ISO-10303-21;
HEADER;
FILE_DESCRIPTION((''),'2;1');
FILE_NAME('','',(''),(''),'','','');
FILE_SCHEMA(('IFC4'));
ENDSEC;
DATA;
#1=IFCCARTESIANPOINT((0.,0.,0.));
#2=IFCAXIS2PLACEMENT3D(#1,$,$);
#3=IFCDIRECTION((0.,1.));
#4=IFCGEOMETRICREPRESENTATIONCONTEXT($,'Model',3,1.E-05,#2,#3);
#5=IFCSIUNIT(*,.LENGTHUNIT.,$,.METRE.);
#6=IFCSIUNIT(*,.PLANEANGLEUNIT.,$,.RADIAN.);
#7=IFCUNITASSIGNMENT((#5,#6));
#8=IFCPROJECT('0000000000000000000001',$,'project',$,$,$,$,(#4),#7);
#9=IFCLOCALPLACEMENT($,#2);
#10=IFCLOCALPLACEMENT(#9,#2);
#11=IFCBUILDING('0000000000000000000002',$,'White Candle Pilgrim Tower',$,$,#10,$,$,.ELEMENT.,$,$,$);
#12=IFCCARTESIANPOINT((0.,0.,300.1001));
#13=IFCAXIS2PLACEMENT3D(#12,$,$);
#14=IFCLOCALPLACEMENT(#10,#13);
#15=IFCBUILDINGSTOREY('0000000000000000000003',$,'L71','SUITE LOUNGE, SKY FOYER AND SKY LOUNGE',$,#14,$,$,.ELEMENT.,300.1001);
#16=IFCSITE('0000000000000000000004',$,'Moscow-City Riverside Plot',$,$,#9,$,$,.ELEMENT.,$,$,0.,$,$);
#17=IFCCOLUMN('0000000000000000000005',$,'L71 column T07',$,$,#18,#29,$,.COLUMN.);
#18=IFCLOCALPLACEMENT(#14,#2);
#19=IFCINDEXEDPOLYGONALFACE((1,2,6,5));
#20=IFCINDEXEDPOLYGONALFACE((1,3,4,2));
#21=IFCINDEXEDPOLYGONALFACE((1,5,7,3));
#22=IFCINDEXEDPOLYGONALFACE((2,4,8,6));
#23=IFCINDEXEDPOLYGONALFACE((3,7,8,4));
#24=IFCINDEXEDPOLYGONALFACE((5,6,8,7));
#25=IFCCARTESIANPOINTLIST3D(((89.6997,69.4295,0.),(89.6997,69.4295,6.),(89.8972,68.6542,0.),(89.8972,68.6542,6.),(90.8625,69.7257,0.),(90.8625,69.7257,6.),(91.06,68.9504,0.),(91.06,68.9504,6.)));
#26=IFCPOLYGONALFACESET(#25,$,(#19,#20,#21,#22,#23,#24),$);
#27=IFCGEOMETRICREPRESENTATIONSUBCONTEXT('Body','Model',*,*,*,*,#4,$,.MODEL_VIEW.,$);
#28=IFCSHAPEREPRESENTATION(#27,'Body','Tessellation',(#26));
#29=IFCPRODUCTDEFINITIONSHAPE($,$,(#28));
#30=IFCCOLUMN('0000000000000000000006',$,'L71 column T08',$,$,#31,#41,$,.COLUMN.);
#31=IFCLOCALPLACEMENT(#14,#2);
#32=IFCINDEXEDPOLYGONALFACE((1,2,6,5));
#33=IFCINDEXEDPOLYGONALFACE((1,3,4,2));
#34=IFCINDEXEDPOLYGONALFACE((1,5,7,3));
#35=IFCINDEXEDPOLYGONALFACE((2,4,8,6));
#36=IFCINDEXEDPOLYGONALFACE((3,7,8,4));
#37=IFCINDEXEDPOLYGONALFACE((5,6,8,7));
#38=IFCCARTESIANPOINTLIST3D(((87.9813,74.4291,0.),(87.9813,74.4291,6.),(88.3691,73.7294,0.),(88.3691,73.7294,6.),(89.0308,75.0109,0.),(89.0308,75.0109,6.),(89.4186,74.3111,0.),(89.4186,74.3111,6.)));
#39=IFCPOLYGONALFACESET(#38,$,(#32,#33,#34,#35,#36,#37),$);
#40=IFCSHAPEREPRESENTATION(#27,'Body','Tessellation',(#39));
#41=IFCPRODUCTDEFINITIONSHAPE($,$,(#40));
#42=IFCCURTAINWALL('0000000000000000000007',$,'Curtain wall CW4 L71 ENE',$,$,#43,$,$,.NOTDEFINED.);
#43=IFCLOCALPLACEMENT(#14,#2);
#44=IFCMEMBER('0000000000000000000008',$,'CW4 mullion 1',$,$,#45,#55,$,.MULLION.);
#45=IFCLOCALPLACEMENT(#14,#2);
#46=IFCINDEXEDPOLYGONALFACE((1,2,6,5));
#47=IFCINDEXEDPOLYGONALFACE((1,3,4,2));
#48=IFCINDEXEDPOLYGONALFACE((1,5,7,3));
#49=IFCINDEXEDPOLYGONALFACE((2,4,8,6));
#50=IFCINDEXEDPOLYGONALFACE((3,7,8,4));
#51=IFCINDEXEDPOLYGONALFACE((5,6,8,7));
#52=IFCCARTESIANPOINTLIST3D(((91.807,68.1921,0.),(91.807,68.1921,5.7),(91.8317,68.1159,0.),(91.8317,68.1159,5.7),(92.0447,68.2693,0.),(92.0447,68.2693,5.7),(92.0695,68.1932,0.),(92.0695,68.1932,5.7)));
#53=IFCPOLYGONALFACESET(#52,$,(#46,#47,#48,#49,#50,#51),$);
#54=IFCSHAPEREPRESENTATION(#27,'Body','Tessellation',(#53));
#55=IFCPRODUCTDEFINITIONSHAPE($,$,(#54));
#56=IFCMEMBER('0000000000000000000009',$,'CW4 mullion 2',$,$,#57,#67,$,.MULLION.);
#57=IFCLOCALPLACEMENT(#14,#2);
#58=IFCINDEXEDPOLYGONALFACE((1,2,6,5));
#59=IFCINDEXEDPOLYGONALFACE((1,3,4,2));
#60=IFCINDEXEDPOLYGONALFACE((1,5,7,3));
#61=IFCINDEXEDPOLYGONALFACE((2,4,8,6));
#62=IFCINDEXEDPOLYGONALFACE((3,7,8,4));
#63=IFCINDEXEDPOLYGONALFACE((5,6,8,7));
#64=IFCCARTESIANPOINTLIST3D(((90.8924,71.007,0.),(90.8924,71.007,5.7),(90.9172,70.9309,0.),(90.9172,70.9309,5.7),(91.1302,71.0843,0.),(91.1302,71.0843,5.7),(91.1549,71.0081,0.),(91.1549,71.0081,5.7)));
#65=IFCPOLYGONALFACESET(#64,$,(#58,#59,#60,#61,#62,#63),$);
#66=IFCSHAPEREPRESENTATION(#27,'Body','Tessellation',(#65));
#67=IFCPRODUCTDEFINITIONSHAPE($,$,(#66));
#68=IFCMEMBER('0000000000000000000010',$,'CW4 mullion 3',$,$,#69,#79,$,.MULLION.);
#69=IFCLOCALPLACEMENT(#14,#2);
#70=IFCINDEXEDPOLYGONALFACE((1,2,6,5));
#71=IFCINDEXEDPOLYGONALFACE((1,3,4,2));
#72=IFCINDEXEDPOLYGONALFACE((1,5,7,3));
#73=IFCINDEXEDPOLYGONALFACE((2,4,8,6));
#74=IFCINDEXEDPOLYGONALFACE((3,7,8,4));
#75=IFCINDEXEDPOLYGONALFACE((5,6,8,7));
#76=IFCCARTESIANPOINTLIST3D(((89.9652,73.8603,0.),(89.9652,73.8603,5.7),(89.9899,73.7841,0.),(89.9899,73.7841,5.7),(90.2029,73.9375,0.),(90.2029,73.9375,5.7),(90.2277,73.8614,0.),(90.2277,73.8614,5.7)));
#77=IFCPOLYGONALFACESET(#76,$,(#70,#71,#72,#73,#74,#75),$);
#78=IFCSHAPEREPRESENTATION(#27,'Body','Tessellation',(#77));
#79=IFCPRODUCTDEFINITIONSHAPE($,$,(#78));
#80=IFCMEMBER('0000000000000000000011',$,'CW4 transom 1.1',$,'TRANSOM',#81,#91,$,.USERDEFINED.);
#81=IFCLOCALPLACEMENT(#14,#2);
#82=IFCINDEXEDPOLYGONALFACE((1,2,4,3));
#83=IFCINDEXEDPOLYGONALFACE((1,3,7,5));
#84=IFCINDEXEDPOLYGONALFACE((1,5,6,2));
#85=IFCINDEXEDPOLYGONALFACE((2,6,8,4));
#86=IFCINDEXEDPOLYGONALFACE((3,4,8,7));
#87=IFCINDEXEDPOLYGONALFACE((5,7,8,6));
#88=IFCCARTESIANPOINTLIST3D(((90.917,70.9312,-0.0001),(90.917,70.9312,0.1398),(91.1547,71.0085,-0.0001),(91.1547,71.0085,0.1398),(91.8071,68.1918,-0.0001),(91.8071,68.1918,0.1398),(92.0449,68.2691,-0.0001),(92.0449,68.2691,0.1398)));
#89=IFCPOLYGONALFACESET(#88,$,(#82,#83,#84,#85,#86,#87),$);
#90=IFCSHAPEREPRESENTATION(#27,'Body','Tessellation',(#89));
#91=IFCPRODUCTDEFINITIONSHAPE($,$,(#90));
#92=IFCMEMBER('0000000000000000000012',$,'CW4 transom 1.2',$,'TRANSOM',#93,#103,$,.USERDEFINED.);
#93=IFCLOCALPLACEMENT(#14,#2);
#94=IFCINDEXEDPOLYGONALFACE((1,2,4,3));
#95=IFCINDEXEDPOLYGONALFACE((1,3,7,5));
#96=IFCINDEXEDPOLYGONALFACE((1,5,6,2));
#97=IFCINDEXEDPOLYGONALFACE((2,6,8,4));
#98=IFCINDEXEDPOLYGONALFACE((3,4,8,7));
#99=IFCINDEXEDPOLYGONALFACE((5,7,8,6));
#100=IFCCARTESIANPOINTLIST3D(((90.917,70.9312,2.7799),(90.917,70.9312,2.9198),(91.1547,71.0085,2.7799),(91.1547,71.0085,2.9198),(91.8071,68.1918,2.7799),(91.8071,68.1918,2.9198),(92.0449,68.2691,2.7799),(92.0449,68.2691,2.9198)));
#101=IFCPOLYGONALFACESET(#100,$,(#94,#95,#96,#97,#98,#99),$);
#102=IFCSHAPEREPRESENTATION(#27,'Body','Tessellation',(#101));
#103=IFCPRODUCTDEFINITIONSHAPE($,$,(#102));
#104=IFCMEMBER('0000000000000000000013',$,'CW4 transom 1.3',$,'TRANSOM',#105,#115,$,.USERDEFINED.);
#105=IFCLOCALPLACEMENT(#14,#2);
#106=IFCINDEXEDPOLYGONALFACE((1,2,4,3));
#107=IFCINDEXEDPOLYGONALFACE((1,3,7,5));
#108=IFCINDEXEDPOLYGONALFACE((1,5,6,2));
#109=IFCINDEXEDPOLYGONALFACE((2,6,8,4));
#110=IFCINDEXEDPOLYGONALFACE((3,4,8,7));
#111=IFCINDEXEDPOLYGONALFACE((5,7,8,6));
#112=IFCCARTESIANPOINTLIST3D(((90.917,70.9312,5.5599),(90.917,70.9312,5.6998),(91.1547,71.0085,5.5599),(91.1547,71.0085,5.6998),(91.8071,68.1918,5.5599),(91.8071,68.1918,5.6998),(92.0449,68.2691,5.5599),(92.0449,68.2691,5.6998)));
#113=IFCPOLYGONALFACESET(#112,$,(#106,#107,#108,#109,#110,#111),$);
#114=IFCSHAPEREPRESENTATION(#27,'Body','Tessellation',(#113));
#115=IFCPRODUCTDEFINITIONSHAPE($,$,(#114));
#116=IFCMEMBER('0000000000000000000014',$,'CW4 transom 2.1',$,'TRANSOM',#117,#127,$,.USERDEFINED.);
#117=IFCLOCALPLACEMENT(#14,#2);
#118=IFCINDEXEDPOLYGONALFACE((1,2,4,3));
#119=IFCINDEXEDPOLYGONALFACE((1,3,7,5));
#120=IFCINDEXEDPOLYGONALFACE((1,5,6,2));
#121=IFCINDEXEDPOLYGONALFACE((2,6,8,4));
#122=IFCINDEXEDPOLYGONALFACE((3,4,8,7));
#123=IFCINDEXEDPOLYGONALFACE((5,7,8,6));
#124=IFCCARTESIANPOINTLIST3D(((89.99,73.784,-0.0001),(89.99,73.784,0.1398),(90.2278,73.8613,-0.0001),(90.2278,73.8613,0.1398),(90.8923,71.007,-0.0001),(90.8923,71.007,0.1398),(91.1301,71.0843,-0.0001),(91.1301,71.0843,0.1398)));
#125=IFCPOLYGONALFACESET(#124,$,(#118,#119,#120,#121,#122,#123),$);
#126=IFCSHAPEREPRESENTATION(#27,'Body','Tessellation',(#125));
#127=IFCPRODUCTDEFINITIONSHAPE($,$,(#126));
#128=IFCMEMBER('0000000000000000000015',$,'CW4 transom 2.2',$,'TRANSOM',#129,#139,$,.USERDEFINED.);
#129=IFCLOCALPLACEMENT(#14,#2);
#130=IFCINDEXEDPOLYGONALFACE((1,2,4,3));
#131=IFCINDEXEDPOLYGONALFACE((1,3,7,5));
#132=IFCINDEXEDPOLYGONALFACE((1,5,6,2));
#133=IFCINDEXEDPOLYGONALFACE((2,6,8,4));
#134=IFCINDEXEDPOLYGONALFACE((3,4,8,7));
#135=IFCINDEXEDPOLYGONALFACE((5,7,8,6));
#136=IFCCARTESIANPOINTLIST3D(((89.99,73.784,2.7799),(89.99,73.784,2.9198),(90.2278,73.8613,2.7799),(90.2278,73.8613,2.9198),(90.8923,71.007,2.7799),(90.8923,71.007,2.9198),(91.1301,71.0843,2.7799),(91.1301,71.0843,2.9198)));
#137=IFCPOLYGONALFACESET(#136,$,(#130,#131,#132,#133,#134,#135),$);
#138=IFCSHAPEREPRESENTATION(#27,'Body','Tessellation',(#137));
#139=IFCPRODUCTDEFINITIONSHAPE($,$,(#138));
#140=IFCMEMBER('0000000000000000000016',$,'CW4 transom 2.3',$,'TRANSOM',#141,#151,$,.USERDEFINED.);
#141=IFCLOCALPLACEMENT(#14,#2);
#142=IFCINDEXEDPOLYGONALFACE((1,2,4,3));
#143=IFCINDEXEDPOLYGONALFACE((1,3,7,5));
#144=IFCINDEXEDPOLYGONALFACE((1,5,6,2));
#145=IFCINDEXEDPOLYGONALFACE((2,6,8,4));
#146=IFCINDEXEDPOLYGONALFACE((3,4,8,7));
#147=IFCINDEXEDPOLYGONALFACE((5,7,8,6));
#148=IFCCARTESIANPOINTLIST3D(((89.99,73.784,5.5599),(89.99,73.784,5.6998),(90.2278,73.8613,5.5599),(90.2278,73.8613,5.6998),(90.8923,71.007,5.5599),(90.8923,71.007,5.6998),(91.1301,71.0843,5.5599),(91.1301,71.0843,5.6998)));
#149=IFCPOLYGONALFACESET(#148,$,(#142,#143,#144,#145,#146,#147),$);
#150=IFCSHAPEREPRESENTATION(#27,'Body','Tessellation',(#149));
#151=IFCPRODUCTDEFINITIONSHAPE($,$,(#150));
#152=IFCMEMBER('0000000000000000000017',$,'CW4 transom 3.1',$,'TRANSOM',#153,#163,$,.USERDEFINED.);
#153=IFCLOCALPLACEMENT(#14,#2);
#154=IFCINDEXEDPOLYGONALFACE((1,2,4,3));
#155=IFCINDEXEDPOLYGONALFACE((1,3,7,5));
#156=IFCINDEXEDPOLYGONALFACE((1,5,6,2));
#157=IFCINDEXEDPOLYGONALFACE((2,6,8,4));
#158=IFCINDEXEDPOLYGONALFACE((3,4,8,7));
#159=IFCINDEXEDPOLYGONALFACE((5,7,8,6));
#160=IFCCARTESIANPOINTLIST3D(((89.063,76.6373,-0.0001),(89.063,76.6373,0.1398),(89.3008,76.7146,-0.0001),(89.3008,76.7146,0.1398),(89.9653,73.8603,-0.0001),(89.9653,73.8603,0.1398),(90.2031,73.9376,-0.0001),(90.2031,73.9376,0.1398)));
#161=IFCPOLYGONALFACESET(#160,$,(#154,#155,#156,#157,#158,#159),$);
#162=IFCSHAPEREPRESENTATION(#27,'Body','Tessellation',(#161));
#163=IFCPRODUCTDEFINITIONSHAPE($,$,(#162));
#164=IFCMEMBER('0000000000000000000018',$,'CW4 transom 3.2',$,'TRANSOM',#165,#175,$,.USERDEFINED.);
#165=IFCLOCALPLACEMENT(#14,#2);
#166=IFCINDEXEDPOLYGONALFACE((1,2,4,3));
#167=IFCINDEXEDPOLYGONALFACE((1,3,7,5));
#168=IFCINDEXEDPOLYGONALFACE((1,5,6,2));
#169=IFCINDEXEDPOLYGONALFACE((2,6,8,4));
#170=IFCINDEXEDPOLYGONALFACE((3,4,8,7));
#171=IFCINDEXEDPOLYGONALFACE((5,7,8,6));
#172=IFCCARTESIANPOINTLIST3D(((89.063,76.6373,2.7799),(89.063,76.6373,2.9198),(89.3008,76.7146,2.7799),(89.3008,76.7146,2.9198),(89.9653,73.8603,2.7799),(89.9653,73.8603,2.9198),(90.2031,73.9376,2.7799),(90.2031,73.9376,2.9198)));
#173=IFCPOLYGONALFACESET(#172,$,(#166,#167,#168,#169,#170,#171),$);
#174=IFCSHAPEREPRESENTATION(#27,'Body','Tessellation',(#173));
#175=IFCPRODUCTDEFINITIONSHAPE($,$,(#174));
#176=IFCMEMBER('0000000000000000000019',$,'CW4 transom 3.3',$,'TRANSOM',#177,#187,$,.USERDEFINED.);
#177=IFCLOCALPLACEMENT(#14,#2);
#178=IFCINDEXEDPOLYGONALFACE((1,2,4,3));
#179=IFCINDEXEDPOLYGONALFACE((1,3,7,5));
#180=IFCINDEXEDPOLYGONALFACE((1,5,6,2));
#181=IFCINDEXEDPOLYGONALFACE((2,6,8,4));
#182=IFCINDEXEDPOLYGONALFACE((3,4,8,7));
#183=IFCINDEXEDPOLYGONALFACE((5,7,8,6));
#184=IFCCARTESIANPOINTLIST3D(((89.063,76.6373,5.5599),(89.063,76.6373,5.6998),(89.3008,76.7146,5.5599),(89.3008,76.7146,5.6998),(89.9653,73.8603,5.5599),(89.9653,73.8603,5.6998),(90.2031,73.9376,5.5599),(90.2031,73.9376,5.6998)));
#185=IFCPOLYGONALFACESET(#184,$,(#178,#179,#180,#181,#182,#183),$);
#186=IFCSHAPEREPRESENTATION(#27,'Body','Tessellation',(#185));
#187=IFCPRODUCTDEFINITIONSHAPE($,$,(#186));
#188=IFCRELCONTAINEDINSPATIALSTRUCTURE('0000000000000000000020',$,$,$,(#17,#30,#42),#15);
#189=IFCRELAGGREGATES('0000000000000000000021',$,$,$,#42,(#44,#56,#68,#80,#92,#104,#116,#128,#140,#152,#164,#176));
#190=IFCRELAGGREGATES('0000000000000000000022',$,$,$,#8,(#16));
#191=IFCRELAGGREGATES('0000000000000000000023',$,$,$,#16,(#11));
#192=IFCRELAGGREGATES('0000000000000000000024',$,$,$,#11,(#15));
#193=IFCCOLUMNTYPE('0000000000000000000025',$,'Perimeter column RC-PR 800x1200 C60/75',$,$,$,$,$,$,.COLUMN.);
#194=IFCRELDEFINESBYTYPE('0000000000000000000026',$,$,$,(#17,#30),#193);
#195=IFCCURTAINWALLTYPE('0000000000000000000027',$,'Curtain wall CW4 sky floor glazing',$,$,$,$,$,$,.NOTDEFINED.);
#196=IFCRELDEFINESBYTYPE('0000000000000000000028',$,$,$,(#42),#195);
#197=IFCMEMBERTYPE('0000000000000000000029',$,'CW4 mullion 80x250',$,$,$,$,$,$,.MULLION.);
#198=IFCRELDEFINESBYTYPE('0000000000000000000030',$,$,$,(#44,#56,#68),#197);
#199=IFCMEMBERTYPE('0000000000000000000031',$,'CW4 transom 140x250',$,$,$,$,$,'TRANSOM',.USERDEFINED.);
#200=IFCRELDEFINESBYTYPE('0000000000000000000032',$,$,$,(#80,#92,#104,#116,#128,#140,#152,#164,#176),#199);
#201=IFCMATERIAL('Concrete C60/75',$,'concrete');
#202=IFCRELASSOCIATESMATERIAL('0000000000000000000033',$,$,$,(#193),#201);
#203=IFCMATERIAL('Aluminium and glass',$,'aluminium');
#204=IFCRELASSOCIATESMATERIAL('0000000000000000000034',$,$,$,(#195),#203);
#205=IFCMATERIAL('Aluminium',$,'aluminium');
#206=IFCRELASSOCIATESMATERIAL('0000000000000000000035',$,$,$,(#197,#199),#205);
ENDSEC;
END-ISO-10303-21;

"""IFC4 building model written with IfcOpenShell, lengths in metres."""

from ifc_helpers import new_model, si_unit, direction, frame, origin, origin_2d, place, context, subcontext, project, spatial, rectangle, extrude, material, material_profile, profile_set, type_object, element, aggregate, save


model = new_model("IFC4")

# Units and contexts
model_context = context("Model", 3, precision=1e-05, world=origin(), true_north=direction((0.0, 1.0)))
body_context = subcontext(model_context, "Body", "Model", "MODEL_VIEW")
ifc_project = project(units=[si_unit("LENGTHUNIT", "METRE"), si_unit("PLANEANGLEUNIT", "RADIAN")], contexts=[model_context])

# Site, building, storey
site_placement = place(None, origin())
site = spatial("IfcSite", under=ifc_project, at=site_placement, Name="Moscow-City Riverside Plot", CompositionType="ELEMENT", RefElevation=0.0)
building_placement = place(site_placement, origin())
building = spatial("IfcBuilding", under=site, at=building_placement, Name="White Candle Pilgrim Tower", CompositionType="ELEMENT")
storey_placement = place(building_placement, frame((0.0, 0.0, 300.1001)))
storey = spatial("IfcBuildingStorey", under=building, at=storey_placement, Name="L71", Description="SUITE LOUNGE, SKY FOYER AND SKY LOUNGE", CompositionType="ELEMENT", Elevation=300.1001)

# Columns
ifc_material_1 = material(Name="Concrete C60/75", Category="concrete")
ifc_material_profile_1 = material_profile(ifc_material_1, rectangle(XDim=0.8, YDim=1.2, at=origin_2d()), Name="RC-PR 800x1200")
ifc_profile_set_1 = profile_set([ifc_material_profile_1], Name="Concrete C60/75")
column_type = type_object("IfcColumnType", Name="Perimeter column RC-PR 800x1200 C60/75", PredefinedType="COLUMN", material=ifc_profile_set_1)
for number, where, z_axis, x_axis, name in (
    (1, (90.3799, 69.1899, 0.0), (0.0, 0.0, 1.0), (0.246881, -0.969046, 0.0), "L71 column T07"),
    (2, (88.7, 74.3701, 0.0), (0.0, 0.0, 1.0), (0.48481, -0.87462, 0.0), "L71 column T08"),
):
    element("IfcColumn", number, at=place(storey_placement, frame(where, z_axis=z_axis, x_axis=x_axis)), inside=storey, type_object=column_type, Name=name, PredefinedType="COLUMN", context=body_context, shape_type="SweptSolid", body=[
        extrude(rectangle(XDim=0.8, YDim=1.2, at=origin_2d()), origin(), (0.0, 0.0, 1.0), 6.0),
    ])

# Curtain wall, members
ifc_material_2 = material(Name="Aluminium and glass", Category="aluminium")
curtain_wall_type = type_object("IfcCurtainWallType", Name="Curtain wall CW4 sky floor glazing", PredefinedType="NOTDEFINED", material=ifc_material_2)
curtain_wall_placement = place(storey_placement, origin())
curtain_wall = element("IfcCurtainWall", 3, at=curtain_wall_placement, inside=storey, type_object=curtain_wall_type, Name="Curtain wall CW4 L71 ENE", PredefinedType="NOTDEFINED")
ifc_material_3 = material(Name="Aluminium", Category="aluminium")
ifc_material_profile_2 = material_profile(ifc_material_3, rectangle(XDim=0.25, YDim=0.0801, at=origin_2d()), Name="CW4 mullion 80x250")
ifc_profile_set_2 = profile_set([ifc_material_profile_2], Name="Aluminium")
member_type_1 = type_object("IfcMemberType", Name="CW4 mullion 80x250", PredefinedType="MULLION", material=ifc_profile_set_2)
member_1_placement = place(storey_placement, frame((91.9382, 68.1926, 0.0), z_axis=(0.0, 0.0, 1.0), x_axis=(-0.951057, -0.309017, 0.0)))
member_1 = element("IfcMember", 4, at=member_1_placement, type_object=member_type_1, Name="CW4 mullion 1", PredefinedType="MULLION", context=body_context, shape_type="SweptSolid", body=[
    extrude(rectangle(XDim=0.25, YDim=0.0801, at=origin_2d()), origin(), (0.0, 0.0, 1.0), 5.7),
])
member_2_placement = place(storey_placement, frame((91.0237, 71.0076, 0.0), z_axis=(0.0, 0.0, 1.0), x_axis=(-0.951057, -0.309017, 0.0)))
member_2 = element("IfcMember", 5, at=member_2_placement, type_object=member_type_1, Name="CW4 mullion 2", PredefinedType="MULLION", context=body_context, shape_type="SweptSolid", body=[
    extrude(rectangle(XDim=0.25, YDim=0.0801, at=origin_2d()), origin(), (0.0, 0.0, 1.0), 5.7),
])
member_3_placement = place(storey_placement, frame((90.0964, 73.8608, 0.0), z_axis=(0.0, 0.0, 1.0), x_axis=(-0.951057, -0.309017, 0.0)))
member_3 = element("IfcMember", 6, at=member_3_placement, type_object=member_type_1, Name="CW4 mullion 3", PredefinedType="MULLION", context=body_context, shape_type="SweptSolid", body=[
    extrude(rectangle(XDim=0.25, YDim=0.0801, at=origin_2d()), origin(), (0.0, 0.0, 1.0), 5.7),
])
ifc_material_profile_3 = material_profile(ifc_material_3, rectangle(XDim=0.25, YDim=0.1399, at=origin_2d()), Name="CW4 transom 140x250")
ifc_profile_set_3 = profile_set([ifc_material_profile_3], Name="Aluminium")
member_type_2 = type_object("IfcMemberType", Name="CW4 transom 140x250", ElementType="TRANSOM", PredefinedType="USERDEFINED", material=ifc_profile_set_3)
member_4_placement = place(storey_placement, frame((91.926, 68.2305, 0.0698), z_axis=(-0.309048, 0.951047, 0.0), x_axis=(-0.951047, -0.309048, 0.0)))
member_4 = element("IfcMember", 7, at=member_4_placement, type_object=member_type_2, Name="CW4 transom 1.1", ObjectType="TRANSOM", PredefinedType="USERDEFINED", context=body_context, shape_type="SweptSolid", body=[
    extrude(rectangle(XDim=0.25, YDim=0.1399, at=origin_2d()), origin(), (0.0, 0.0, 1.0), 2.8804),
])
member_5_placement = place(storey_placement, frame((91.926, 68.2305, 2.8499), z_axis=(-0.309048, 0.951047, 0.0), x_axis=(-0.951047, -0.309048, 0.0)))
member_5 = element("IfcMember", 8, at=member_5_placement, type_object=member_type_2, Name="CW4 transom 1.2", ObjectType="TRANSOM", PredefinedType="USERDEFINED", context=body_context, shape_type="SweptSolid", body=[
    extrude(rectangle(XDim=0.25, YDim=0.1399, at=origin_2d()), origin(), (0.0, 0.0, 1.0), 2.8804),
])
member_6_placement = place(storey_placement, frame((91.926, 68.2305, 5.6299), z_axis=(-0.309048, 0.951047, 0.0), x_axis=(-0.951047, -0.309048, 0.0)))
member_6 = element("IfcMember", 9, at=member_6_placement, type_object=member_type_2, Name="CW4 transom 1.3", ObjectType="TRANSOM", PredefinedType="USERDEFINED", context=body_context, shape_type="SweptSolid", body=[
    extrude(rectangle(XDim=0.25, YDim=0.1399, at=origin_2d()), origin(), (0.0, 0.0, 1.0), 2.8804),
])
member_7_placement = place(storey_placement, frame((91.0112, 71.0457, 0.0698), z_axis=(-0.30902, 0.951056, 0.0), x_axis=(-0.951056, -0.30902, 0.0)))
member_7 = element("IfcMember", 10, at=member_7_placement, type_object=member_type_2, Name="CW4 transom 2.1", ObjectType="TRANSOM", PredefinedType="USERDEFINED", context=body_context, shape_type="SweptSolid", body=[
    extrude(rectangle(XDim=0.25, YDim=0.1399, at=origin_2d()), origin(), (0.0, 0.0, 1.0), 2.9199),
])
member_8_placement = place(storey_placement, frame((91.0112, 71.0457, 2.8499), z_axis=(-0.30902, 0.951056, 0.0), x_axis=(-0.951056, -0.30902, 0.0)))
member_8 = element("IfcMember", 11, at=member_8_placement, type_object=member_type_2, Name="CW4 transom 2.2", ObjectType="TRANSOM", PredefinedType="USERDEFINED", context=body_context, shape_type="SweptSolid", body=[
    extrude(rectangle(XDim=0.25, YDim=0.1399, at=origin_2d()), origin(), (0.0, 0.0, 1.0), 2.9199),
])
member_9_placement = place(storey_placement, frame((91.0112, 71.0457, 5.6299), z_axis=(-0.30902, 0.951056, 0.0), x_axis=(-0.951056, -0.30902, 0.0)))
member_9 = element("IfcMember", 12, at=member_9_placement, type_object=member_type_2, Name="CW4 transom 2.3", ObjectType="TRANSOM", PredefinedType="USERDEFINED", context=body_context, shape_type="SweptSolid", body=[
    extrude(rectangle(XDim=0.25, YDim=0.1399, at=origin_2d()), origin(), (0.0, 0.0, 1.0), 2.9199),
])
member_10_placement = place(storey_placement, frame((90.0842, 73.8989, 0.0698), z_axis=(-0.30902, 0.951056, 0.0), x_axis=(-0.951056, -0.30902, 0.0)))
member_10 = element("IfcMember", 13, at=member_10_placement, type_object=member_type_2, Name="CW4 transom 3.1", ObjectType="TRANSOM", PredefinedType="USERDEFINED", context=body_context, shape_type="SweptSolid", body=[
    extrude(rectangle(XDim=0.25, YDim=0.1399, at=origin_2d()), origin(), (0.0, 0.0, 1.0), 2.9199),
])
member_11_placement = place(storey_placement, frame((90.0842, 73.8989, 2.8499), z_axis=(-0.30902, 0.951056, 0.0), x_axis=(-0.951056, -0.30902, 0.0)))
member_11 = element("IfcMember", 14, at=member_11_placement, type_object=member_type_2, Name="CW4 transom 3.2", ObjectType="TRANSOM", PredefinedType="USERDEFINED", context=body_context, shape_type="SweptSolid", body=[
    extrude(rectangle(XDim=0.25, YDim=0.1399, at=origin_2d()), origin(), (0.0, 0.0, 1.0), 2.9199),
])
member_12_placement = place(storey_placement, frame((90.0842, 73.8989, 5.6299), z_axis=(-0.30902, 0.951056, 0.0), x_axis=(-0.951056, -0.30902, 0.0)))
member_12 = element("IfcMember", 15, at=member_12_placement, type_object=member_type_2, Name="CW4 transom 3.3", ObjectType="TRANSOM", PredefinedType="USERDEFINED", context=body_context, shape_type="SweptSolid", body=[
    extrude(rectangle(XDim=0.25, YDim=0.1399, at=origin_2d()), origin(), (0.0, 0.0, 1.0), 2.9199),
])

aggregate(curtain_wall, [member_1, member_2, member_3, member_4, member_5, member_6, member_7, member_8, member_9, member_10, member_11, member_12])

save(model, "model.ifc")
